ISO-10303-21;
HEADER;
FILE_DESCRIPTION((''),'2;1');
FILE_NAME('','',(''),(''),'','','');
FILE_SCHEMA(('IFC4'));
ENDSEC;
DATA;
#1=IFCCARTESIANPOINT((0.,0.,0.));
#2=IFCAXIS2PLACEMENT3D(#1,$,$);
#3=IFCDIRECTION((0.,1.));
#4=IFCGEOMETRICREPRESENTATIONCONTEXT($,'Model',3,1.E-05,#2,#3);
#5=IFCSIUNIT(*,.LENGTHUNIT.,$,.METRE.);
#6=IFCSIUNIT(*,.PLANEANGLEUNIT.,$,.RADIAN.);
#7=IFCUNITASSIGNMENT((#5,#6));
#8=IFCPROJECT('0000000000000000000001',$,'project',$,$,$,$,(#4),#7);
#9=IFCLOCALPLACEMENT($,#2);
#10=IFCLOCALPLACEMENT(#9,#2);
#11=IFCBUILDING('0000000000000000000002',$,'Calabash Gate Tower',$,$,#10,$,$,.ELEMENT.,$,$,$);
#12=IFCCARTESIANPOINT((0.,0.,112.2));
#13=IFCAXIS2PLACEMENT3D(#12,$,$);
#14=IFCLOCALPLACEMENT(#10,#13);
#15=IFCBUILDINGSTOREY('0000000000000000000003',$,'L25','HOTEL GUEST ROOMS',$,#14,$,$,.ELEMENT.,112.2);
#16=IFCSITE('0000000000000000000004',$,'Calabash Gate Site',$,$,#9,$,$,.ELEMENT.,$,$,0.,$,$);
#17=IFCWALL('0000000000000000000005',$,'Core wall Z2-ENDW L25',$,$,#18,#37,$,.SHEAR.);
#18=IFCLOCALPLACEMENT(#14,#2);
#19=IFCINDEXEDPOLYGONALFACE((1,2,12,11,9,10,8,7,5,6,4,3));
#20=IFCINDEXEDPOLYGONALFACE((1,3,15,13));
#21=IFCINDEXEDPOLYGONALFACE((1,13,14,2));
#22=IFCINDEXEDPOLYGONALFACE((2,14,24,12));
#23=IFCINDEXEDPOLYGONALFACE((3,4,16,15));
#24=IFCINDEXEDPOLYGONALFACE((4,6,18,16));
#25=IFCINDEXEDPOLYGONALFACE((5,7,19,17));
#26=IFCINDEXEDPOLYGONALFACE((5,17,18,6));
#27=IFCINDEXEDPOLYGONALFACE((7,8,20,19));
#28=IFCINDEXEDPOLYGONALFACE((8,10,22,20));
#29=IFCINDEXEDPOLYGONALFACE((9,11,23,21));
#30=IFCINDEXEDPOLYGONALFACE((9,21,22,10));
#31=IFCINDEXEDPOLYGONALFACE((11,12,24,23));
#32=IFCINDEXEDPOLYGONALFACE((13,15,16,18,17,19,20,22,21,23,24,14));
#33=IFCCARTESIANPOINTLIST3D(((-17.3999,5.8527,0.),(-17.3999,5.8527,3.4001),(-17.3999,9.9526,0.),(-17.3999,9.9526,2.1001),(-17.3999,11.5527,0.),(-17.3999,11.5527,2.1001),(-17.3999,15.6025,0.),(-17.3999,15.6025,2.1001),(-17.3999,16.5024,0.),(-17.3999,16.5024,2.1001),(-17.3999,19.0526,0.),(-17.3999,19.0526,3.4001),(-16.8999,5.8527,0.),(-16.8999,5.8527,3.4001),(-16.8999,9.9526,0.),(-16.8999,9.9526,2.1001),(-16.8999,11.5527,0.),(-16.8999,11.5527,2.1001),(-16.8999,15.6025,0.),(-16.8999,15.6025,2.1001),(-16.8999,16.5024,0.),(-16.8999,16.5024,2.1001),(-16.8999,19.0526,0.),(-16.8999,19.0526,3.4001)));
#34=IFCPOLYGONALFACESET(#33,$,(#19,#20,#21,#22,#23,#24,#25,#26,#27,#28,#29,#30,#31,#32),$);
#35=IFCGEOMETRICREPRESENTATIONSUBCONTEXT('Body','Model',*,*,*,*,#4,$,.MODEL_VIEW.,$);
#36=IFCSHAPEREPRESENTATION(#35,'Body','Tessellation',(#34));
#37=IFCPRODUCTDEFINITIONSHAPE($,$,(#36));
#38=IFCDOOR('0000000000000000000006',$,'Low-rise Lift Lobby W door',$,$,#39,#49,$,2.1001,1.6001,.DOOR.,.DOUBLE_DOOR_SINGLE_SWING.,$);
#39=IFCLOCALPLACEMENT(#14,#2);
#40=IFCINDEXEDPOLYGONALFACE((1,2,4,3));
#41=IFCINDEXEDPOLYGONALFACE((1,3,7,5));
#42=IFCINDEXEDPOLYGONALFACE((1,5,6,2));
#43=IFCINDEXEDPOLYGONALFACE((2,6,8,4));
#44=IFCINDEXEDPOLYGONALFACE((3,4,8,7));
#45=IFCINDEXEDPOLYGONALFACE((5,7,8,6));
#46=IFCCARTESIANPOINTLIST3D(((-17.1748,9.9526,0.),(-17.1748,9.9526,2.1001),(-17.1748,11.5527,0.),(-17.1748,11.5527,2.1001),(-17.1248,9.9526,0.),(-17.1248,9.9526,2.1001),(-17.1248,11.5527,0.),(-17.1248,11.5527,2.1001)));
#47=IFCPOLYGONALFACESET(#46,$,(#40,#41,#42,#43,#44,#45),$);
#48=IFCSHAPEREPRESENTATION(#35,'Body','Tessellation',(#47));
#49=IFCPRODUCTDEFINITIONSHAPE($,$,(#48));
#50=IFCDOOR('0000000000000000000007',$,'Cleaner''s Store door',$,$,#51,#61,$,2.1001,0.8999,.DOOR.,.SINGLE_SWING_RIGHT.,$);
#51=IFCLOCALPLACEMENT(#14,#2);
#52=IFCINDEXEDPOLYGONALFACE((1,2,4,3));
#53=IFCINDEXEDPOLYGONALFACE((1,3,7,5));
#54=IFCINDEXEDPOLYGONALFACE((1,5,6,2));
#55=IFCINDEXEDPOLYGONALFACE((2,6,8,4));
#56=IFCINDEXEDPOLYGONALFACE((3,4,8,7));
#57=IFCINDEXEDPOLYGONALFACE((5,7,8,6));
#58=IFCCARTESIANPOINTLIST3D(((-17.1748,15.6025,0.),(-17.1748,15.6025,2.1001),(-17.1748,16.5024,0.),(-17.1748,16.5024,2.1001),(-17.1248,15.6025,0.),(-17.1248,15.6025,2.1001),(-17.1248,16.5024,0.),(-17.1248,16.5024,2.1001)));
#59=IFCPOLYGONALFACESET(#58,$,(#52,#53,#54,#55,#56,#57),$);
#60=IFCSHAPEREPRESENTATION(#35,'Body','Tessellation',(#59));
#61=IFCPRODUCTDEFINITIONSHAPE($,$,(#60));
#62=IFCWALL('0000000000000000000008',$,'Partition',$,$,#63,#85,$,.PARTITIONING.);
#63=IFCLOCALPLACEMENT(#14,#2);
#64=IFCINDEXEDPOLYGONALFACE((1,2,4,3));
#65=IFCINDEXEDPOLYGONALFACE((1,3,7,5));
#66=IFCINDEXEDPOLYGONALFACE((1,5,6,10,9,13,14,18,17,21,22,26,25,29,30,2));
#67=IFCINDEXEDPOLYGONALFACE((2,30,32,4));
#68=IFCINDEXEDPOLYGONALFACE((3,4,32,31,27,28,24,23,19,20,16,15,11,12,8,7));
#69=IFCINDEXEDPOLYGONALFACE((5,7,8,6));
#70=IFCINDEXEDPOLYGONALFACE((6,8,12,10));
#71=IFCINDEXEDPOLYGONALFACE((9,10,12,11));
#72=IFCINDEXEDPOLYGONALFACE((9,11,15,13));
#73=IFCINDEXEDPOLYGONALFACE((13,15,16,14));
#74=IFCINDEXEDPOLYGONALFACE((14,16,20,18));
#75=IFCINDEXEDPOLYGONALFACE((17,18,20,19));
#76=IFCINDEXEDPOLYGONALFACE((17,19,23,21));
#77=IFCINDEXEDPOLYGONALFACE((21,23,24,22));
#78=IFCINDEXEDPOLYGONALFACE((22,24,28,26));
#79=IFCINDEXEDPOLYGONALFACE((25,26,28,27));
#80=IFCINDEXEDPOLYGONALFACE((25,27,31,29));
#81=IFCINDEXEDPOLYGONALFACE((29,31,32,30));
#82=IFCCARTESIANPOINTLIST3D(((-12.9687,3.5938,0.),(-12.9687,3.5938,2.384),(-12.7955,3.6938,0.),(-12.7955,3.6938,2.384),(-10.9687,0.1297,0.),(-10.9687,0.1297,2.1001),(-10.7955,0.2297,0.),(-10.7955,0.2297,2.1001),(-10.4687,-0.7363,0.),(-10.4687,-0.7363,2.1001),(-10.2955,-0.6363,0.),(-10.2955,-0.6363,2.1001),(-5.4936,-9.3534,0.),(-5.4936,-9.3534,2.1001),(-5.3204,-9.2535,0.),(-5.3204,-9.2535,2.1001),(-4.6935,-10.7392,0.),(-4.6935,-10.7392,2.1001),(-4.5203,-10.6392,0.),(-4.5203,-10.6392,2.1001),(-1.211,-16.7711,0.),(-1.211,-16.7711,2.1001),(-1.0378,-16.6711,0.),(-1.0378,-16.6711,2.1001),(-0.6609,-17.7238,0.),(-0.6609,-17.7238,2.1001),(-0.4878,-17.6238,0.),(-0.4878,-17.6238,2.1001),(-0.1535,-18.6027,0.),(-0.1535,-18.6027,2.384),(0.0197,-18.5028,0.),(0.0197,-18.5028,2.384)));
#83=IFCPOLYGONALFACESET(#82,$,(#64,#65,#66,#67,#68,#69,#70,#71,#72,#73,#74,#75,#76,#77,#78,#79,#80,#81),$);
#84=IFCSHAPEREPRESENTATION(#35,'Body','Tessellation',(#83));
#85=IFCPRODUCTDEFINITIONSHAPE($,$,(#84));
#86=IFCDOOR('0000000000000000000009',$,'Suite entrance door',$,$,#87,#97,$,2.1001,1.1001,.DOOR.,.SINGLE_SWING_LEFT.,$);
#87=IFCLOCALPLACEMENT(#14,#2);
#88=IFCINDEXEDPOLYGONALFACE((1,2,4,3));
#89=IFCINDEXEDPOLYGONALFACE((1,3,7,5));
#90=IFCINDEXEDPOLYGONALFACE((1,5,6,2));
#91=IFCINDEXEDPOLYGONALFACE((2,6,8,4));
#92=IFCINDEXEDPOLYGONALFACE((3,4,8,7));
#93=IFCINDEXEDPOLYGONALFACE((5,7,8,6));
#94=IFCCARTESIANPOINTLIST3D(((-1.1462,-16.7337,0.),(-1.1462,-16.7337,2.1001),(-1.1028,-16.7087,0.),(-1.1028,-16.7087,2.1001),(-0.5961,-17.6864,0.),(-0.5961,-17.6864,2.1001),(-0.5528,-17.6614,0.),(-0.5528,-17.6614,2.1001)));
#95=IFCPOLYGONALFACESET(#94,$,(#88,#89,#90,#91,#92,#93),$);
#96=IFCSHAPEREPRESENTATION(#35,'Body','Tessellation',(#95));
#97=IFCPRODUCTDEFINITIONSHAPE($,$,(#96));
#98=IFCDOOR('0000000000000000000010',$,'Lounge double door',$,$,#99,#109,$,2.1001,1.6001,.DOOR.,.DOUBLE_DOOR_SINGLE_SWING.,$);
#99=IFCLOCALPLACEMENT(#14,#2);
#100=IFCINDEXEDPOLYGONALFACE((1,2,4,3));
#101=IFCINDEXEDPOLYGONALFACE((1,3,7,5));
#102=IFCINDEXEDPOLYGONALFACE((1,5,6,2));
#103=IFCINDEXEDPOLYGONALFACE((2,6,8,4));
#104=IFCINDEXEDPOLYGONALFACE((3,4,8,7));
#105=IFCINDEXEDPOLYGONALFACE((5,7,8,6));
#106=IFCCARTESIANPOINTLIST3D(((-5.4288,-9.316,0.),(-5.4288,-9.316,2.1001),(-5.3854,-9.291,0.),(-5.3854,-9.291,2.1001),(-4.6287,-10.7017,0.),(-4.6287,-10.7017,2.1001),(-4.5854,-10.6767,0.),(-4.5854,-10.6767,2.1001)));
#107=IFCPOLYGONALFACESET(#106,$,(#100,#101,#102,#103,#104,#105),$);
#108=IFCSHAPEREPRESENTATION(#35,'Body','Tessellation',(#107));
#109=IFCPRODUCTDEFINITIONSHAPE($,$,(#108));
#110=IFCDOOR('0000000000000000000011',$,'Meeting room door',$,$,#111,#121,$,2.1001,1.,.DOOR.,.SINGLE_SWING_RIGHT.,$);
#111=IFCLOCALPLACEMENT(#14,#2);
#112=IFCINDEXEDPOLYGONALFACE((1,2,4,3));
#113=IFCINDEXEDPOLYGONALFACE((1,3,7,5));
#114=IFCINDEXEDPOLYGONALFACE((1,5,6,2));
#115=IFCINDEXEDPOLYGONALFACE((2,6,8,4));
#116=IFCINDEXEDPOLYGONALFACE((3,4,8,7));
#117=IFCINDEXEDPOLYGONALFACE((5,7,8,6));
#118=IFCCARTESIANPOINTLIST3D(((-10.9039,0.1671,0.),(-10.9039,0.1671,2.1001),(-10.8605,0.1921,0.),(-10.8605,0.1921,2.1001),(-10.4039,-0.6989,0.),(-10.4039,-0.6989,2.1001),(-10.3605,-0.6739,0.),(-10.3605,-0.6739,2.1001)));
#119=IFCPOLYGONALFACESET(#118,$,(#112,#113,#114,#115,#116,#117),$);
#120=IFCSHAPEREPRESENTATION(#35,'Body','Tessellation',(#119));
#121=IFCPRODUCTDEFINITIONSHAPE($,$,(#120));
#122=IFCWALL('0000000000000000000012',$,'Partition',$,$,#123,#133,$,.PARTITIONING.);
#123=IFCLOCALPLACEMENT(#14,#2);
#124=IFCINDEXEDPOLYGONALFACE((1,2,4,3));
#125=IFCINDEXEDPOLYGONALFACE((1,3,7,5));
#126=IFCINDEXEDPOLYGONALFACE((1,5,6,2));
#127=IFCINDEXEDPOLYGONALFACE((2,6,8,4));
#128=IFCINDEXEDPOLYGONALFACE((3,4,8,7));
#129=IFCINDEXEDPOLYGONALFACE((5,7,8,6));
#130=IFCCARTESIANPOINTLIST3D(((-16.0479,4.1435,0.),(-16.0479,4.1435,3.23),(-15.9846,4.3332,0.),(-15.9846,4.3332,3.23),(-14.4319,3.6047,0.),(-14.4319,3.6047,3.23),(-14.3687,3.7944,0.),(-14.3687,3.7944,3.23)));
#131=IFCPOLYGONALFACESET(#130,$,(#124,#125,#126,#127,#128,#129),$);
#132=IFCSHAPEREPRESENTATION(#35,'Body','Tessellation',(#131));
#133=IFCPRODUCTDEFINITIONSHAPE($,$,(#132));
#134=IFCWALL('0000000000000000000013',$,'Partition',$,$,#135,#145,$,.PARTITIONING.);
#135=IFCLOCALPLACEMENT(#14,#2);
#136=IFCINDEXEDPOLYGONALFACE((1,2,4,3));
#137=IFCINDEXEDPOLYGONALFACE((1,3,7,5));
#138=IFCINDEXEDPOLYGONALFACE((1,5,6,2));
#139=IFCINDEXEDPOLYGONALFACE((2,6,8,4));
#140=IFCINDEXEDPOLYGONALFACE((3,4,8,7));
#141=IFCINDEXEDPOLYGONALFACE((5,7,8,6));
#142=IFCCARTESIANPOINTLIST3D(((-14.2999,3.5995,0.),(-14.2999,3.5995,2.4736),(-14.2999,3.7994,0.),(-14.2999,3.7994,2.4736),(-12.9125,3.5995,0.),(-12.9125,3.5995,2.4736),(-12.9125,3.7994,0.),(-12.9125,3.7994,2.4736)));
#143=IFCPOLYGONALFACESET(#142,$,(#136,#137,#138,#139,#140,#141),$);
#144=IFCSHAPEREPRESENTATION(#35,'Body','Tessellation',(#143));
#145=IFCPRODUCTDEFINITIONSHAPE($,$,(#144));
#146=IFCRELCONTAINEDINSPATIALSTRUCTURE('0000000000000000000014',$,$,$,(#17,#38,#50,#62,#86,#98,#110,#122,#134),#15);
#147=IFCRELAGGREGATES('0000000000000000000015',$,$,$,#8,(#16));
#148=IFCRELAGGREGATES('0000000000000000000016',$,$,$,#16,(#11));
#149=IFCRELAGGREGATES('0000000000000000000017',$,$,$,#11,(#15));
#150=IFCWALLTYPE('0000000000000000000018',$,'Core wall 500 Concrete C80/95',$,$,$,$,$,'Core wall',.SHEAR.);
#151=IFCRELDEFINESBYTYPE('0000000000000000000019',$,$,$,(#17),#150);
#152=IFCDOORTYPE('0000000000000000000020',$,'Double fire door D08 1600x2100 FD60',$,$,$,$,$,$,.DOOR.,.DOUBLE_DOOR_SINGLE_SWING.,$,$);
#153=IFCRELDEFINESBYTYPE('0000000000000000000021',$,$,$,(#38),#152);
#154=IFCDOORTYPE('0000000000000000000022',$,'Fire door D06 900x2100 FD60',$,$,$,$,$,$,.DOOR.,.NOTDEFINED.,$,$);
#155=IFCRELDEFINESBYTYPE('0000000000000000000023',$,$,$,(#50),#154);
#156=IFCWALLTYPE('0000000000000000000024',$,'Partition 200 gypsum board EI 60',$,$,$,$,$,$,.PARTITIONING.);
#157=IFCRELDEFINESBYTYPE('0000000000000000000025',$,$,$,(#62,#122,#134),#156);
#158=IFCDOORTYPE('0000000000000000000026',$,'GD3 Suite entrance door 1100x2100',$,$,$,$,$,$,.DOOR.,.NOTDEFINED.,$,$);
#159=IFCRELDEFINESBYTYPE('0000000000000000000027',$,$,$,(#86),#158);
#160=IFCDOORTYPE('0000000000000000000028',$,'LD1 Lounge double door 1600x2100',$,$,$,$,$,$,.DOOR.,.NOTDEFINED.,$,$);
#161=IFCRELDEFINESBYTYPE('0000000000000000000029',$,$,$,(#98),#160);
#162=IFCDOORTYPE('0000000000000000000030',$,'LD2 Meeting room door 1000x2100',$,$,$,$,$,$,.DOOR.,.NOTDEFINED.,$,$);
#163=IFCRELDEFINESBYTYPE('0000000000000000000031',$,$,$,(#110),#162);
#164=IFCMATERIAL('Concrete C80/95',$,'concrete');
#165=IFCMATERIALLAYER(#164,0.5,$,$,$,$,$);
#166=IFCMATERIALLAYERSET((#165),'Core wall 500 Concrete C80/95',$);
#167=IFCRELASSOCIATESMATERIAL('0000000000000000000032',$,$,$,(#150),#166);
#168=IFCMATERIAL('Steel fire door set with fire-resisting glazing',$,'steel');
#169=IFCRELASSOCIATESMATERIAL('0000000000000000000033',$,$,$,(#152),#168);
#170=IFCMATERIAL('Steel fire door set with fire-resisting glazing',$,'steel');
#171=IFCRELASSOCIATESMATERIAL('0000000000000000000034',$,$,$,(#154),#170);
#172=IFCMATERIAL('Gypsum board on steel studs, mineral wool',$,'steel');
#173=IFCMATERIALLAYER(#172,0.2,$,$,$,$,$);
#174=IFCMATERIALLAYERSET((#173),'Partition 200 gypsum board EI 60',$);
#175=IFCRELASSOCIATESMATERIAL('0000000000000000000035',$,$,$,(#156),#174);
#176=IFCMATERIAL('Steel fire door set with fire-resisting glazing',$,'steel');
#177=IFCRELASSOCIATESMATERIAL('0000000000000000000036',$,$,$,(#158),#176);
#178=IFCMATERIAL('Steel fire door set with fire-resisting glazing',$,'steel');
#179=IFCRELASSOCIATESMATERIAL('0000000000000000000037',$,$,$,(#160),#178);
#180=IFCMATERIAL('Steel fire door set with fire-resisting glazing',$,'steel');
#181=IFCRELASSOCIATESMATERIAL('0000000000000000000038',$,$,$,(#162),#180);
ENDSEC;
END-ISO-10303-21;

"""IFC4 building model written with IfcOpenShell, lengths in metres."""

from ifc_helpers import new_model, si_unit, direction, frame, frame_2d, origin, place, context, subcontext, project, spatial, rectangle, extrude, material, layer, layer_set, type_object, element, fill, save


model = new_model("IFC4")

# Units and contexts
model_context = context("Model", 3, precision=1e-05, world=origin(), true_north=direction((0.0, 1.0)))
body_context = subcontext(model_context, "Body", "Model", "MODEL_VIEW")
ifc_project = project(units=[si_unit("LENGTHUNIT", "METRE"), si_unit("PLANEANGLEUNIT", "RADIAN")], contexts=[model_context])

# Site, building, storey
site_placement = place(None, origin())
site = spatial("IfcSite", under=ifc_project, at=site_placement, Name="Calabash Gate Site", CompositionType="ELEMENT", RefElevation=0.0)
building_placement = place(site_placement, origin())
building = spatial("IfcBuilding", under=site, at=building_placement, Name="Calabash Gate Tower", CompositionType="ELEMENT")
storey_placement = place(building_placement, frame((0.0, 0.0, 112.2)))
storey = spatial("IfcBuildingStorey", under=building, at=storey_placement, Name="L25", Description="HOTEL GUEST ROOMS", CompositionType="ELEMENT", Elevation=112.2)

# Walls, openings, doors
ifc_material_1 = material(Name="Concrete C80/95", Category="concrete")
ifc_layer_1 = layer(ifc_material_1, 0.5)
ifc_layer_set_1 = layer_set([ifc_layer_1], Name="Core wall 500 Concrete C80/95")
wall_type_1 = type_object("IfcWallType", Name="Core wall 500 Concrete C80/95", ElementType="Core wall", PredefinedType="SHEAR", material=ifc_layer_set_1)
wall_1_placement = place(storey_placement, frame((-17.1499, 5.8525, 0.0), z_axis=(0.0, 0.0, 1.0), x_axis=(0.0, 1.0, 0.0)))
wall_1 = element("IfcWall", 1, at=wall_1_placement, inside=storey, type_object=wall_type_1, Name="Core wall Z2-ENDW L25", PredefinedType="SHEAR", context=body_context, shape_type="SweptSolid", body=[
    extrude(rectangle(XDim=13.2, YDim=0.5, at=frame_2d((6.6001, 0.0))), origin(), (0.0, 0.0, 1.0), 3.4001),
])
opening_1_placement = place(wall_1_placement, frame((4.1001, 0.0, 0.0)))
opening_1 = element("IfcOpeningElement", 2, at=opening_1_placement, cuts=wall_1, PredefinedType="OPENING", context=body_context, shape_type="SweptSolid", body=[
    extrude(rectangle(XDim=1.6001, YDim=2.1001, at=frame_2d((0.8, 1.05))), frame((0.0, 0.26, 0.0), z_axis=(0.0, -1.0, 0.0), x_axis=(1.0, 0.0, 0.0)), (0.0, 0.0, 1.0), 0.52),
])
opening_2_placement = place(wall_1_placement, frame((9.75, 0.0, 0.0)))
opening_2 = element("IfcOpeningElement", 3, at=opening_2_placement, cuts=wall_1, PredefinedType="OPENING", context=body_context, shape_type="SweptSolid", body=[
    extrude(rectangle(XDim=0.8999, YDim=2.1001, at=frame_2d((0.45, 1.05))), frame((0.0, 0.26, 0.0), z_axis=(0.0, -1.0, 0.0), x_axis=(1.0, 0.0, 0.0)), (0.0, 0.0, 1.0), 0.52),
])
ifc_material_2 = material(Name="Steel fire door set with fire-resisting glazing", Category="steel")
door_type_1 = type_object("IfcDoorType", Name="Double fire door D08 1600x2100 FD60", OperationType="DOUBLE_DOOR_SINGLE_SWING", PredefinedType="DOOR", material=ifc_material_2)
door_1_placement = place(opening_1_placement, origin())
door_1 = element("IfcDoor", 4, at=door_1_placement, inside=storey, type_object=door_type_1, Name="Low-rise Lift Lobby W door", OperationType="DOUBLE_DOOR_SINGLE_SWING", OverallHeight=2.1001, OverallWidth=1.6001, PredefinedType="DOOR", context=body_context, shape_type="SweptSolid", body=[
    extrude(rectangle(XDim=1.6001, YDim=2.1001, at=frame_2d((0.8, 1.05))), frame((0.0, 0.0249, 0.0), z_axis=(0.0, -1.0, 0.0), x_axis=(1.0, 0.0, 0.0)), (0.0, 0.0, 1.0), 0.05),
])
fill(opening_1, door_1)
ifc_material_3 = material(Name="Steel fire door set with fire-resisting glazing", Category="steel")
door_type_2 = type_object("IfcDoorType", Name="Fire door D06 900x2100 FD60", OperationType="NOTDEFINED", PredefinedType="DOOR", material=ifc_material_3)
door_2_placement = place(opening_2_placement, origin())
door_2 = element("IfcDoor", 5, at=door_2_placement, inside=storey, type_object=door_type_2, Name="Cleaner's Store door", OperationType="SINGLE_SWING_RIGHT", OverallHeight=2.1001, OverallWidth=0.8999, PredefinedType="DOOR", context=body_context, shape_type="SweptSolid", body=[
    extrude(rectangle(XDim=0.8999, YDim=2.1001, at=frame_2d((0.45, 1.05))), frame((0.0, 0.0249, 0.0), z_axis=(0.0, -1.0, 0.0), x_axis=(1.0, 0.0, 0.0)), (0.0, 0.0, 1.0), 0.05),
])
fill(opening_2, door_2)
ifc_material_4 = material(Name="Gypsum board on steel studs, mineral wool", Category="steel")
ifc_layer_2 = layer(ifc_material_4, 0.2)
ifc_layer_set_2 = layer_set([ifc_layer_2], Name="Partition 200 gypsum board EI 60")
wall_type_2 = type_object("IfcWallType", Name="Partition 200 gypsum board EI 60", PredefinedType="PARTITIONING", material=ifc_layer_set_2)
wall_2_placement = place(storey_placement, frame((-12.8821, 3.6438, 0.0), z_axis=(0.0, 0.0, 1.0), x_axis=(0.5, -0.866025, 0.0)))
wall_2 = element("IfcWall", 6, at=wall_2_placement, inside=storey, type_object=wall_type_2, Name="Partition", PredefinedType="PARTITIONING", context=body_context, shape_type="SweptSolid", body=[
    extrude(rectangle(XDim=25.6304, YDim=0.2, at=frame_2d((12.8152, 0.0))), origin(), (0.0, 0.0, 1.0), 2.384),
])
opening_3_placement = place(wall_2_placement, frame((4.0, 0.0, 0.0)))
opening_3 = element("IfcOpeningElement", 7, at=opening_3_placement, cuts=wall_2, PredefinedType="OPENING", context=body_context, shape_type="SweptSolid", body=[
    extrude(rectangle(XDim=1.0, YDim=2.1001, at=frame_2d((0.5, 1.05))), frame((0.0, 0.1099, 0.0), z_axis=(0.0, -1.0, 0.0), x_axis=(1.0, 0.0, 0.0)), (0.0, 0.0, 1.0), 0.22),
])
opening_4_placement = place(wall_2_placement, frame((14.9502, 0.0, 0.0)))
opening_4 = element("IfcOpeningElement", 8, at=opening_4_placement, cuts=wall_2, PredefinedType="OPENING", context=body_context, shape_type="SweptSolid", body=[
    extrude(rectangle(XDim=1.6001, YDim=2.1001, at=frame_2d((0.8, 1.05))), frame((0.0, 0.1099, 0.0), z_axis=(0.0, -1.0, 0.0), x_axis=(1.0, 0.0, 0.0)), (0.0, 0.0, 1.0), 0.22),
])
opening_5_placement = place(wall_2_placement, frame((23.5154, 0.0, 0.0)))
opening_5 = element("IfcOpeningElement", 9, at=opening_5_placement, cuts=wall_2, PredefinedType="OPENING", context=body_context, shape_type="SweptSolid", body=[
    extrude(rectangle(XDim=1.1001, YDim=2.1001, at=frame_2d((0.55, 1.05))), frame((0.0, 0.1099, 0.0), z_axis=(0.0, -1.0, 0.0), x_axis=(1.0, 0.0, 0.0)), (0.0, 0.0, 1.0), 0.22),
])
ifc_material_5 = material(Name="Steel fire door set with fire-resisting glazing", Category="steel")
door_type_3 = type_object("IfcDoorType", Name="GD3 Suite entrance door 1100x2100", OperationType="NOTDEFINED", PredefinedType="DOOR", material=ifc_material_5)
door_3_placement = place(opening_5_placement, origin())
door_3 = element("IfcDoor", 10, at=door_3_placement, inside=storey, type_object=door_type_3, Name="Suite entrance door", OperationType="SINGLE_SWING_LEFT", OverallHeight=2.1001, OverallWidth=1.1001, PredefinedType="DOOR", context=body_context, shape_type="SweptSolid", body=[
    extrude(rectangle(XDim=1.1001, YDim=2.1001, at=frame_2d((0.55, 1.05))), frame((0.0, 0.0249, 0.0), z_axis=(0.0, -1.0, 0.0), x_axis=(1.0, 0.0, 0.0)), (0.0, 0.0, 1.0), 0.05),
])
fill(opening_5, door_3)
ifc_material_6 = material(Name="Steel fire door set with fire-resisting glazing", Category="steel")
door_type_4 = type_object("IfcDoorType", Name="LD1 Lounge double door 1600x2100", OperationType="NOTDEFINED", PredefinedType="DOOR", material=ifc_material_6)
door_4_placement = place(opening_4_placement, origin())
door_4 = element("IfcDoor", 11, at=door_4_placement, inside=storey, type_object=door_type_4, Name="Lounge double door", OperationType="DOUBLE_DOOR_SINGLE_SWING", OverallHeight=2.1001, OverallWidth=1.6001, PredefinedType="DOOR", context=body_context, shape_type="SweptSolid", body=[
    extrude(rectangle(XDim=1.6001, YDim=2.1001, at=frame_2d((0.8, 1.05))), frame((0.0, 0.0249, 0.0), z_axis=(0.0, -1.0, 0.0), x_axis=(1.0, 0.0, 0.0)), (0.0, 0.0, 1.0), 0.05),
])
fill(opening_4, door_4)
ifc_material_7 = material(Name="Steel fire door set with fire-resisting glazing", Category="steel")
door_type_5 = type_object("IfcDoorType", Name="LD2 Meeting room door 1000x2100", OperationType="NOTDEFINED", PredefinedType="DOOR", material=ifc_material_7)
door_5_placement = place(opening_3_placement, origin())
door_5 = element("IfcDoor", 12, at=door_5_placement, inside=storey, type_object=door_type_5, Name="Meeting room door", OperationType="SINGLE_SWING_RIGHT", OverallHeight=2.1001, OverallWidth=1.0, PredefinedType="DOOR", context=body_context, shape_type="SweptSolid", body=[
    extrude(rectangle(XDim=1.0, YDim=2.1001, at=frame_2d((0.5, 1.05))), frame((0.0, 0.0249, 0.0), z_axis=(0.0, -1.0, 0.0), x_axis=(1.0, 0.0, 0.0)), (0.0, 0.0, 1.0), 0.05),
])
fill(opening_3, door_5)

# Walls
wall_3_placement = place(storey_placement, frame((-16.0161, 4.2383, 0.0), z_axis=(0.0, 0.0, 1.0), x_axis=(0.948655, -0.316314, 0.0)))
element("IfcWall", 13, at=wall_3_placement, inside=storey, type_object=wall_type_2, Name="Partition", PredefinedType="PARTITIONING", context=body_context, shape_type="SweptSolid", body=[
    extrude(rectangle(XDim=1.7034, YDim=0.2, at=frame_2d((0.8516, 0.0))), origin(), (0.0, 0.0, 1.0), 3.23),
])
wall_4_placement = place(storey_placement, frame((-14.3, 3.6995, 0.0), z_axis=(0.0, 0.0, 1.0), x_axis=(1.0, 0.0, 0.0)))
element("IfcWall", 14, at=wall_4_placement, inside=storey, type_object=wall_type_2, Name="Partition", PredefinedType="PARTITIONING", context=body_context, shape_type="SweptSolid", body=[
    extrude(rectangle(XDim=1.3875, YDim=0.2, at=frame_2d((0.6938, 0.0))), origin(), (0.0, 0.0, 1.0), 2.4736),
])

save(model, "model.ifc")
